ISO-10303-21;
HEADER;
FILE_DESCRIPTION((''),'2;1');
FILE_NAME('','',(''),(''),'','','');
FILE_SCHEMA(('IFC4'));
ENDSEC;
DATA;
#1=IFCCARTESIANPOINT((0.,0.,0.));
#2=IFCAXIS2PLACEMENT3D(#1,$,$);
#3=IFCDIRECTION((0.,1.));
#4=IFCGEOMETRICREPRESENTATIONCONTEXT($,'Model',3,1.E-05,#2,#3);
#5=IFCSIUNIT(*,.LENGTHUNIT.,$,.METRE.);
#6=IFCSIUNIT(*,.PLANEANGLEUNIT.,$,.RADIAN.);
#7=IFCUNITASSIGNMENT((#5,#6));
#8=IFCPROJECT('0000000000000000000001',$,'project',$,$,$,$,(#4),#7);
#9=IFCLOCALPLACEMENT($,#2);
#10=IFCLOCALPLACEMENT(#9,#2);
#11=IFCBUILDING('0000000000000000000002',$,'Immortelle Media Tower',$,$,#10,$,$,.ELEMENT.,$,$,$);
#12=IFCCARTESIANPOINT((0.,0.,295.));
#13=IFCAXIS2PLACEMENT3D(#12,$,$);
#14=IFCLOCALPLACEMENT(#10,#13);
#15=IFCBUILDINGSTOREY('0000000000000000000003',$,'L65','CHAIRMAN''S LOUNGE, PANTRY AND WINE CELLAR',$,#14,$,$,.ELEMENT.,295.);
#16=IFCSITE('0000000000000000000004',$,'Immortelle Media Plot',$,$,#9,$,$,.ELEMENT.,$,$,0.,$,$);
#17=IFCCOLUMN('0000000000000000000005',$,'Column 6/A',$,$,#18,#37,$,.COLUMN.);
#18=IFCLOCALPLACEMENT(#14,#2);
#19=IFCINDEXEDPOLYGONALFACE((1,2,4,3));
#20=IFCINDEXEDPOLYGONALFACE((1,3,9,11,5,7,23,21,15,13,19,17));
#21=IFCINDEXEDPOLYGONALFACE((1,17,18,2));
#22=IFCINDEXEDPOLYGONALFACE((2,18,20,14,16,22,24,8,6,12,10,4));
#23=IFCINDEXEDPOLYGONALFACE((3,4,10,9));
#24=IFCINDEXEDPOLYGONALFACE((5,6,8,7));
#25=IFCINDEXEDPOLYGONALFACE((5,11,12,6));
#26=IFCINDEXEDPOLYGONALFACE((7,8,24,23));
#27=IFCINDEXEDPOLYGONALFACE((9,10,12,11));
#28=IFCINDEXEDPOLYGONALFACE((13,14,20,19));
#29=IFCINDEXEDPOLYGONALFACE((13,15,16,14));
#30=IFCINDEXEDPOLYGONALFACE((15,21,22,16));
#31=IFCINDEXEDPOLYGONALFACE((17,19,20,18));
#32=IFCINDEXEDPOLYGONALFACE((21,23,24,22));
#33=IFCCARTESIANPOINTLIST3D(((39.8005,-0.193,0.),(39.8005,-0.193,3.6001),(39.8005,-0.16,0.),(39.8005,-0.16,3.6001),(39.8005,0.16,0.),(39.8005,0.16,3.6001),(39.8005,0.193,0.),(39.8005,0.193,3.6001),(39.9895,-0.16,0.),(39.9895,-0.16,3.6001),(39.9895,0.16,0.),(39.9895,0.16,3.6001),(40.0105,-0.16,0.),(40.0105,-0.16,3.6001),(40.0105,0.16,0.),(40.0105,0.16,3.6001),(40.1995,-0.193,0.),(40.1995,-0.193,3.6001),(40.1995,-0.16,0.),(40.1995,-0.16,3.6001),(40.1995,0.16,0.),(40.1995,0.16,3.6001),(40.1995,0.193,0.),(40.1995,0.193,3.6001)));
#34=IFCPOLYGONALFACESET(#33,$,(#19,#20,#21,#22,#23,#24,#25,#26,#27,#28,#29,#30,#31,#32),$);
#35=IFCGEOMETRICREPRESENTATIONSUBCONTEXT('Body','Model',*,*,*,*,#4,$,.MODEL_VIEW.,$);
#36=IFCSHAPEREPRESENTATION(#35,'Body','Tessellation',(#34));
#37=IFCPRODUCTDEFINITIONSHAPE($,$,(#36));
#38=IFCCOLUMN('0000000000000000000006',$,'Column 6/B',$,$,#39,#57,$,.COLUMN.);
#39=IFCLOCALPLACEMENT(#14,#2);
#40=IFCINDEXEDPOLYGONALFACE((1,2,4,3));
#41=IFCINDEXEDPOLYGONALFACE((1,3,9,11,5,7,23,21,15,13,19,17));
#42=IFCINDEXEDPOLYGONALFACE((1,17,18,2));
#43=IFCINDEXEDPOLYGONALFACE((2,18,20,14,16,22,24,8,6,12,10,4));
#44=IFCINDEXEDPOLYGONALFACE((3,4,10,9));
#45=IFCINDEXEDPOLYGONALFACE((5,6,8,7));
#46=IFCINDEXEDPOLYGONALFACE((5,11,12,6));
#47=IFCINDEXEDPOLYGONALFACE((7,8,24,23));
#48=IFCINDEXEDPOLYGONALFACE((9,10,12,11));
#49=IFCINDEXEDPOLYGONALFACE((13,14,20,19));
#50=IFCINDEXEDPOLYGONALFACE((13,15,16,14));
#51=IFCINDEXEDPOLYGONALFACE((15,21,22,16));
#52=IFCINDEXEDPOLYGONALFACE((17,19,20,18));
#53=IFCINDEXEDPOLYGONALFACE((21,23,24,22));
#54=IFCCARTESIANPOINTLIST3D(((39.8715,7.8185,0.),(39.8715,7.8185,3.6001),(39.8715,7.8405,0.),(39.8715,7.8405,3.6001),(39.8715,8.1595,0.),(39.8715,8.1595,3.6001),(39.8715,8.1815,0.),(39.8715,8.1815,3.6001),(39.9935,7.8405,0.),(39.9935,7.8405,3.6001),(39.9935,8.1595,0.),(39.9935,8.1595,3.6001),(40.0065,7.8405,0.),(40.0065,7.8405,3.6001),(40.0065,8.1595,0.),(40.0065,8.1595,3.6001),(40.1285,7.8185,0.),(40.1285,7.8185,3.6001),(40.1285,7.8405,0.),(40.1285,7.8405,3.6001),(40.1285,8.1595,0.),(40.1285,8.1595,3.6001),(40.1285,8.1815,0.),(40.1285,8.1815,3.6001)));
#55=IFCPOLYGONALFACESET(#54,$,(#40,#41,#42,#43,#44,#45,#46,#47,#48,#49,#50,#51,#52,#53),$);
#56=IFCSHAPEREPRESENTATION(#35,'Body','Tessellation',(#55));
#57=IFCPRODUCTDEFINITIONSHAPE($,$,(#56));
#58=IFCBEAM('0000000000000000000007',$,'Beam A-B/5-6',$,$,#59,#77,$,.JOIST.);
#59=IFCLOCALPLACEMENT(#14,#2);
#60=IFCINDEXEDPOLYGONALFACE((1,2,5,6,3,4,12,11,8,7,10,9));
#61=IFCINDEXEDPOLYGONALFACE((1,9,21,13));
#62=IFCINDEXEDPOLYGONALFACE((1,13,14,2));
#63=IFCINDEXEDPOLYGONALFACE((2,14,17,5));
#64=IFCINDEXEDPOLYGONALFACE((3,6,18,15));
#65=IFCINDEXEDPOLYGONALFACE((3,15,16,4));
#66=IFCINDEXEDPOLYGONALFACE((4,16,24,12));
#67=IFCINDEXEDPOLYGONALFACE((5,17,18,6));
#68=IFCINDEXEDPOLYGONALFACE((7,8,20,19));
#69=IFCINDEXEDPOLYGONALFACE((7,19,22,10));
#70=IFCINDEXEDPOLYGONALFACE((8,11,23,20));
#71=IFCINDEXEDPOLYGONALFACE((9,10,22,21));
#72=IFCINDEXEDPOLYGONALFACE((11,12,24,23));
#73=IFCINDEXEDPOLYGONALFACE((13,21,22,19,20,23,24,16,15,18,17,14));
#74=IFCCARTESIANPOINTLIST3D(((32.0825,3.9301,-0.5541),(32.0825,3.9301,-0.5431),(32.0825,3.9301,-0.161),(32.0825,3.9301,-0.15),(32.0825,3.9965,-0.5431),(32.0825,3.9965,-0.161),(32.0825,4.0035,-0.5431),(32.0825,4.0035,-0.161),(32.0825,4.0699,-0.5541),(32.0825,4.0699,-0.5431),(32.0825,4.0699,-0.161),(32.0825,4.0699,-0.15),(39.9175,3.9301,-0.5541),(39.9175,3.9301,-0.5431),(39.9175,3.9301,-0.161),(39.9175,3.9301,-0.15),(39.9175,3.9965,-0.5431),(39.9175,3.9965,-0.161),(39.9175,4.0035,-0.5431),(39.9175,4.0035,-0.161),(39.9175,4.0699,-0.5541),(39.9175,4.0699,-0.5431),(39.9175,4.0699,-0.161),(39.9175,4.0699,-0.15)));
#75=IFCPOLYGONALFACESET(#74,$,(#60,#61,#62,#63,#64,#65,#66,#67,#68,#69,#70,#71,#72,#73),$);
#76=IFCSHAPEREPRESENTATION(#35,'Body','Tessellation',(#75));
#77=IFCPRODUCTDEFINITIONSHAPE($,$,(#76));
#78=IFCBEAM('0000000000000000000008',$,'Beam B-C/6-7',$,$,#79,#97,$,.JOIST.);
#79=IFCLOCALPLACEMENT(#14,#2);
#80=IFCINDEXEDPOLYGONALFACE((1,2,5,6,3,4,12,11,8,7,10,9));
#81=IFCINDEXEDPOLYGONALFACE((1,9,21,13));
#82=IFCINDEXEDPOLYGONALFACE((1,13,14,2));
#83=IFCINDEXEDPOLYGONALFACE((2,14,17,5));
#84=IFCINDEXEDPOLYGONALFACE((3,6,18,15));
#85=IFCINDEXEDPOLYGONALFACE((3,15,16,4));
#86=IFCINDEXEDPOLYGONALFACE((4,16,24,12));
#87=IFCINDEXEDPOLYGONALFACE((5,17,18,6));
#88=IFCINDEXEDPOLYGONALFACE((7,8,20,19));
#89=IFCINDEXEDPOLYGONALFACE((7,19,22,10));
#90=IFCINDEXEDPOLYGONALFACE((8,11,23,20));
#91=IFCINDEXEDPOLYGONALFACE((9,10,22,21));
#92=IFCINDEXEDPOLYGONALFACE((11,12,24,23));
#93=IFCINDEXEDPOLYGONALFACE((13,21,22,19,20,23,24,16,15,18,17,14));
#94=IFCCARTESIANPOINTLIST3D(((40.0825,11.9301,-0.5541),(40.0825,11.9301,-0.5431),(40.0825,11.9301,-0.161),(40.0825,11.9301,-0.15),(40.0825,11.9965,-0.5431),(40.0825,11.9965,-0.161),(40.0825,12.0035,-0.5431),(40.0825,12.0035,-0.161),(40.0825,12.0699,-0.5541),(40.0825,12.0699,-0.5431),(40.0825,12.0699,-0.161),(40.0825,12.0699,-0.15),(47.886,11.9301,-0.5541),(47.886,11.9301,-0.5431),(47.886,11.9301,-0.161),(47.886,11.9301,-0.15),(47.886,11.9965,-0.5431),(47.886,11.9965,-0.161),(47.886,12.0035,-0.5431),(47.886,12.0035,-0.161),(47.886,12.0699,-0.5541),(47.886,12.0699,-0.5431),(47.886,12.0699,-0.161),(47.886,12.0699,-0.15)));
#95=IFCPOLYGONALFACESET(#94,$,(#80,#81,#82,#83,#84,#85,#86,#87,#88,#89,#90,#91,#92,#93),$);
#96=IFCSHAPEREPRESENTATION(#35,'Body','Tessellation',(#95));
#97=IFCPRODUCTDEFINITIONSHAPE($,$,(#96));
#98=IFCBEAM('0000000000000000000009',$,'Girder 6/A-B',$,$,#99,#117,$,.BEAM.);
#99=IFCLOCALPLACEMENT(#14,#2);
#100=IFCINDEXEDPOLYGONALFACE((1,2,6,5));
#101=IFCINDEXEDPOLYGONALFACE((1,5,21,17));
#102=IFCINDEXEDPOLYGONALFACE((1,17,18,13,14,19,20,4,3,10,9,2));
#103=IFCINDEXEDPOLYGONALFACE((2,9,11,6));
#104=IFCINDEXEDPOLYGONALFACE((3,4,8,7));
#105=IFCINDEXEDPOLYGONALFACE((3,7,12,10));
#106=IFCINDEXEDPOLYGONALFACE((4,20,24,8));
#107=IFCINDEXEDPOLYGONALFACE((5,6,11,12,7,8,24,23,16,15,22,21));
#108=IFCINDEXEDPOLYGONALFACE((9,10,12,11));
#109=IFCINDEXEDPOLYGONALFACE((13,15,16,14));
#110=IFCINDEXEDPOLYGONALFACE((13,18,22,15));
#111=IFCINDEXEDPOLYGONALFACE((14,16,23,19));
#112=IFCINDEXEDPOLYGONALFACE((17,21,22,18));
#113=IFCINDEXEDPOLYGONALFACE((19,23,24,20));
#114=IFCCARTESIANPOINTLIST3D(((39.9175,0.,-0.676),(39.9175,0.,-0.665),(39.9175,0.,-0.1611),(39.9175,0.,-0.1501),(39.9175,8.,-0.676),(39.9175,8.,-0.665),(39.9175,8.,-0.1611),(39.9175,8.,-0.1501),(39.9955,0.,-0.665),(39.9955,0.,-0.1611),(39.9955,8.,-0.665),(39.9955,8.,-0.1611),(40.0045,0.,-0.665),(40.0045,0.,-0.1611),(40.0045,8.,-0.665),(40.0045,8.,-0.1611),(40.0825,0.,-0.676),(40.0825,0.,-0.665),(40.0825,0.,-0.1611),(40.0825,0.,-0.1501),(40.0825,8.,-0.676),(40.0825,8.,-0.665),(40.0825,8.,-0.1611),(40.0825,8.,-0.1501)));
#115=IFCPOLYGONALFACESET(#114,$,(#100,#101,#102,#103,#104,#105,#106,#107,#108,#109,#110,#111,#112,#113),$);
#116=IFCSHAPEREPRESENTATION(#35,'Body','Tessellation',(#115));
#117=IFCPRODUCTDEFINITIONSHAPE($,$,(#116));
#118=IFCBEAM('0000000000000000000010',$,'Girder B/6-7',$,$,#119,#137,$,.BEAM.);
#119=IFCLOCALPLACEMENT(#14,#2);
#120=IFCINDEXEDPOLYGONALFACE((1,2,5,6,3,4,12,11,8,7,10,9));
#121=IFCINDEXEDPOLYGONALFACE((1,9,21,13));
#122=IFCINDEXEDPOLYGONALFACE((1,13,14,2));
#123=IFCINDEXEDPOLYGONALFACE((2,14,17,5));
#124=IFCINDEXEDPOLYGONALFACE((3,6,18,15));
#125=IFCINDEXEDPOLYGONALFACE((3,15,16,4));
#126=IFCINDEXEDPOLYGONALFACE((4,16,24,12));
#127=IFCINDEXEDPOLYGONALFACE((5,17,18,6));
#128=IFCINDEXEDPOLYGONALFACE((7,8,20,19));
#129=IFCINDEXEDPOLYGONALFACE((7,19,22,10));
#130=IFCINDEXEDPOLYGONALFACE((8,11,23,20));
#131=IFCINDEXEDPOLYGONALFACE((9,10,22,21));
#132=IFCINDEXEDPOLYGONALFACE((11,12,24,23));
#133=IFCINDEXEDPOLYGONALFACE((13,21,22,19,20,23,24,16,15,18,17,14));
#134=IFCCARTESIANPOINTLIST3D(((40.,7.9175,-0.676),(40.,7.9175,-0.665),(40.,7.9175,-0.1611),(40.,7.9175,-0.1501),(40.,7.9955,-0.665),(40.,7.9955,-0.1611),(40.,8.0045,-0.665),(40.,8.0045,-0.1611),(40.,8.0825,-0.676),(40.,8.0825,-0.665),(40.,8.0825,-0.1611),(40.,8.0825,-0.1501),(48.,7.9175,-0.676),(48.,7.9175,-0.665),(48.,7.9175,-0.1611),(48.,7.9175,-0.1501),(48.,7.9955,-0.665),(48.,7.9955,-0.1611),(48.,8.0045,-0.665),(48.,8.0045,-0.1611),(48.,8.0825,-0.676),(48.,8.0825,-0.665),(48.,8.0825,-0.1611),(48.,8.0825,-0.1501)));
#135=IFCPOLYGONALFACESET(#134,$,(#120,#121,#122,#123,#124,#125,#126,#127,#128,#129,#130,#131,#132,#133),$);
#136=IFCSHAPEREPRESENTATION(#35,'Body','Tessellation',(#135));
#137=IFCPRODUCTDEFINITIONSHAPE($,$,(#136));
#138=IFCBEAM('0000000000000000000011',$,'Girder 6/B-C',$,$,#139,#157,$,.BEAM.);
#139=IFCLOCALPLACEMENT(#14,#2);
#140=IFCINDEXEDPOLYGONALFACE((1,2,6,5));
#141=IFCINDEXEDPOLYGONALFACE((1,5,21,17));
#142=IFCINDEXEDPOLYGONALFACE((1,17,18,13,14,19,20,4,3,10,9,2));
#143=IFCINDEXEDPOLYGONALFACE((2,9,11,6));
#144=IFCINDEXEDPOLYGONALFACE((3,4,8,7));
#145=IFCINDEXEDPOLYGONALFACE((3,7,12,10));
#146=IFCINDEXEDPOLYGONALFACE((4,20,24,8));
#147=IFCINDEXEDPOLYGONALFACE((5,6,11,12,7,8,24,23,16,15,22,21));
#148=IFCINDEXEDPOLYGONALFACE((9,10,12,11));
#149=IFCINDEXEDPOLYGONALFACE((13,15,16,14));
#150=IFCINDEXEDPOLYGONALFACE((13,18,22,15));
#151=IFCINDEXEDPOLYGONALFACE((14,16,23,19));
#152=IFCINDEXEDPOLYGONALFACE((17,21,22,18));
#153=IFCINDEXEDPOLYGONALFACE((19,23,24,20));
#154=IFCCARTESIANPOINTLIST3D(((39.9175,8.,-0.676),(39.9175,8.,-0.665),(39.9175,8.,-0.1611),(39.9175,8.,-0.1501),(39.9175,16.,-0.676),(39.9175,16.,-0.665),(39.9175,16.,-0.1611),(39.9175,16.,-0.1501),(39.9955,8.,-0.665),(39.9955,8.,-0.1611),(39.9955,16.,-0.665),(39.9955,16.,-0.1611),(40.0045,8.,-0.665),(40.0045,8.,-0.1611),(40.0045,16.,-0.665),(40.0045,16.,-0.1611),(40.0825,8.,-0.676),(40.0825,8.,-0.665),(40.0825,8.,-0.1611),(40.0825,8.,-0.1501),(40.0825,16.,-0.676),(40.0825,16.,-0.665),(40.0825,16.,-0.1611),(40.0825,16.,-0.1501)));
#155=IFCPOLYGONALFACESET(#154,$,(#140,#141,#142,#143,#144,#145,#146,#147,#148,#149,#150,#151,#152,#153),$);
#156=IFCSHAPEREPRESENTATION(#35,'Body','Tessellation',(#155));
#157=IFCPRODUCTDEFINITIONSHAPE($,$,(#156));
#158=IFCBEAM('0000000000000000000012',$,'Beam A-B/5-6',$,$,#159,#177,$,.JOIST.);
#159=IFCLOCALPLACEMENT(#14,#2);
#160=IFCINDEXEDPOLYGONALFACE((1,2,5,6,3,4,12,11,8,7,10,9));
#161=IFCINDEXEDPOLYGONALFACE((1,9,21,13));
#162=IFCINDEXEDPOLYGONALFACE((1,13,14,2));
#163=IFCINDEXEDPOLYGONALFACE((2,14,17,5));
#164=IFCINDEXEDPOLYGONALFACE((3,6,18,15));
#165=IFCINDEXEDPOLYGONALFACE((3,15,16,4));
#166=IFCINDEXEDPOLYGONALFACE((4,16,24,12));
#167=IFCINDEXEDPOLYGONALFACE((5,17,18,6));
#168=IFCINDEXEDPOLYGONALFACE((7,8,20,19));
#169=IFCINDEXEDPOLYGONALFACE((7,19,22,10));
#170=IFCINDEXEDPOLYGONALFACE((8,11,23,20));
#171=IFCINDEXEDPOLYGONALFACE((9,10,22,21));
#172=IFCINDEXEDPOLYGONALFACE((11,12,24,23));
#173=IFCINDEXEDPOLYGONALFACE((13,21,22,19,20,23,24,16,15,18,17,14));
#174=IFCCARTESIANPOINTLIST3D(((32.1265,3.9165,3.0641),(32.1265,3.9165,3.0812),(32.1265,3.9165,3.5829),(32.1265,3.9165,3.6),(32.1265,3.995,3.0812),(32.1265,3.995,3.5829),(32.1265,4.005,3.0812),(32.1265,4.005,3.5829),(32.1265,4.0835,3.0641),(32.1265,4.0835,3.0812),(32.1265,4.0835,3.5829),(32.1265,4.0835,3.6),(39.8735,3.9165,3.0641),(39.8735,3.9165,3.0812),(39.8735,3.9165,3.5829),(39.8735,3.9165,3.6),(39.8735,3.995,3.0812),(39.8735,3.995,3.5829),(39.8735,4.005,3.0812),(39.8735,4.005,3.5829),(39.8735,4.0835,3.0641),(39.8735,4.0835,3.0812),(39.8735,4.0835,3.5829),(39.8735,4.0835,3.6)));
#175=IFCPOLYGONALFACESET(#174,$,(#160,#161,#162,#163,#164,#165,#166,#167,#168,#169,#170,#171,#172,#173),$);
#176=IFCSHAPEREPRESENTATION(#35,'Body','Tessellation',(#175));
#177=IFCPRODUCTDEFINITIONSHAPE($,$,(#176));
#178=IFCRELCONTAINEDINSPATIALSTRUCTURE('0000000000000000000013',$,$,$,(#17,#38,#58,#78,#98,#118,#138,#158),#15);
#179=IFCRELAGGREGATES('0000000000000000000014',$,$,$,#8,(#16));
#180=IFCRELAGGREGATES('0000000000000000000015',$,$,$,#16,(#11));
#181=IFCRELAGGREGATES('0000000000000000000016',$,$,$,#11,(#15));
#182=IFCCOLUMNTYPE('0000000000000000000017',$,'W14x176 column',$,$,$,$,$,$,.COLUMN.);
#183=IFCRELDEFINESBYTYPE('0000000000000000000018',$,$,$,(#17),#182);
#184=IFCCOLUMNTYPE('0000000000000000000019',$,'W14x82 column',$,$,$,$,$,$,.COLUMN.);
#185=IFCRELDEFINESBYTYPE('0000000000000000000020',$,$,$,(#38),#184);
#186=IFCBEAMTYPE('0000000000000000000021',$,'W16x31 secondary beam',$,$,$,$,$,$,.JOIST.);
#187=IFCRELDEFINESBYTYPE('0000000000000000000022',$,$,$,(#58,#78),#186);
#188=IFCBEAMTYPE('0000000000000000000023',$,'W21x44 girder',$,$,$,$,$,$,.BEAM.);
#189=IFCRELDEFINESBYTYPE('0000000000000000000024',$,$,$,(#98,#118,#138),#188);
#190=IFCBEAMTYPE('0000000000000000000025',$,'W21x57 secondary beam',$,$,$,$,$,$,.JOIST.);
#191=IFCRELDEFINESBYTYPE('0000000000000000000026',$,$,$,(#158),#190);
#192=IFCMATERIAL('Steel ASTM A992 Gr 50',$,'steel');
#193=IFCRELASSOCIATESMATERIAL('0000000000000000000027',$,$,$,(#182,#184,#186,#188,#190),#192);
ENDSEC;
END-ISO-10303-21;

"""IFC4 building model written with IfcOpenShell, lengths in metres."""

from ifc_helpers import new_model, si_unit, direction, frame, origin, origin_2d, place, context, subcontext, project, spatial, i_section, extrude, material, material_profile, profile_set, type_object, element, save


model = new_model("IFC4")

# Units and contexts
model_context = context("Model", 3, precision=1e-05, world=origin(), true_north=direction((0.0, 1.0)))
body_context = subcontext(model_context, "Body", "Model", "MODEL_VIEW")
ifc_project = project(units=[si_unit("LENGTHUNIT", "METRE"), si_unit("PLANEANGLEUNIT", "RADIAN")], contexts=[model_context])

# Site, building, storey
site_placement = place(None, origin())
site = spatial("IfcSite", under=ifc_project, at=site_placement, Name="Immortelle Media Plot", CompositionType="ELEMENT", RefElevation=0.0)
building_placement = place(site_placement, origin())
building = spatial("IfcBuilding", under=site, at=building_placement, Name="Immortelle Media Tower", CompositionType="ELEMENT")
storey_placement = place(building_placement, frame((0.0, 0.0, 295.0)))
storey = spatial("IfcBuildingStorey", under=building, at=storey_placement, Name="L65", Description="CHAIRMAN'S LOUNGE, PANTRY AND WINE CELLAR", CompositionType="ELEMENT", Elevation=295.0)

# Columns
ifc_material_1 = material(Name="Steel ASTM A992 Gr 50", Category="steel")
ifc_material_profile_1 = material_profile(ifc_material_1, i_section(OverallWidth=0.3989, OverallDepth=0.386, WebThickness=0.021, FlangeThickness=0.033, at=origin_2d()), Name="W14x176")
ifc_profile_set_1 = profile_set([ifc_material_profile_1], Name="Steel ASTM A992 Gr 50")
column_type_1 = type_object("IfcColumnType", Name="W14x176 column", PredefinedType="COLUMN", material=ifc_profile_set_1)
column_1_placement = place(storey_placement, frame((40.0, 0.0, 0.0), z_axis=(0.0, 0.0, 1.0), x_axis=(1.0, 0.0, 0.0)))
element("IfcColumn", 1, at=column_1_placement, inside=storey, type_object=column_type_1, Name="Column 6/A", PredefinedType="COLUMN", context=body_context, shape_type="SweptSolid", body=[
    extrude(i_section(OverallWidth=0.3989, OverallDepth=0.386, WebThickness=0.021, FlangeThickness=0.033, at=origin_2d()), origin(), (0.0, 0.0, 1.0), 3.6001),
])
ifc_material_profile_2 = material_profile(ifc_material_1, i_section(OverallWidth=0.2571, OverallDepth=0.363, WebThickness=0.0129, FlangeThickness=0.022, at=origin_2d()), Name="W14x82")
ifc_profile_set_2 = profile_set([ifc_material_profile_2], Name="Steel ASTM A992 Gr 50")
column_type_2 = type_object("IfcColumnType", Name="W14x82 column", PredefinedType="COLUMN", material=ifc_profile_set_2)
column_2_placement = place(storey_placement, frame((40.0, 8.0, 0.0), z_axis=(0.0, 0.0, 1.0), x_axis=(1.0, 0.0, 0.0)))
element("IfcColumn", 2, at=column_2_placement, inside=storey, type_object=column_type_2, Name="Column 6/B", PredefinedType="COLUMN", context=body_context, shape_type="SweptSolid", body=[
    extrude(i_section(OverallWidth=0.2571, OverallDepth=0.363, WebThickness=0.0129, FlangeThickness=0.022, at=origin_2d()), origin(), (0.0, 0.0, 1.0), 3.6001),
])

# Beams
ifc_material_profile_3 = material_profile(ifc_material_1, i_section(OverallWidth=0.1399, OverallDepth=0.4041, WebThickness=0.0071, FlangeThickness=0.011, at=origin_2d()), Name="W16x31")
ifc_profile_set_3 = profile_set([ifc_material_profile_3], Name="Steel ASTM A992 Gr 50")
beam_type_1 = type_object("IfcBeamType", Name="W16x31 secondary beam", PredefinedType="JOIST", material=ifc_profile_set_3)
beam_1_placement = place(storey_placement, frame((32.0825, 4.0, -0.3521), z_axis=(1.0, 0.0, 0.0), x_axis=(0.0, 1.0, 0.0)))
element("IfcBeam", 3, at=beam_1_placement, inside=storey, type_object=beam_type_1, Name="Beam A-B/5-6", PredefinedType="JOIST", context=body_context, shape_type="SweptSolid", body=[
    extrude(i_section(OverallWidth=0.1399, OverallDepth=0.4041, WebThickness=0.0071, FlangeThickness=0.011, at=origin_2d()), origin(), (0.0, 0.0, 1.0), 7.835),
])
beam_2_placement = place(storey_placement, frame((40.0825, 12.0, -0.3521), z_axis=(1.0, 0.0, 0.0), x_axis=(0.0, 1.0, 0.0)))
element("IfcBeam", 4, at=beam_2_placement, inside=storey, type_object=beam_type_1, Name="Beam B-C/6-7", PredefinedType="JOIST", context=body_context, shape_type="SweptSolid", body=[
    extrude(i_section(OverallWidth=0.1399, OverallDepth=0.4041, WebThickness=0.0071, FlangeThickness=0.011, at=origin_2d()), origin(), (0.0, 0.0, 1.0), 7.8035),
])
ifc_material_profile_4 = material_profile(ifc_material_1, i_section(OverallWidth=0.165, OverallDepth=0.5259, WebThickness=0.009, FlangeThickness=0.011, at=origin_2d()), Name="W21x44")
ifc_profile_set_4 = profile_set([ifc_material_profile_4], Name="Steel ASTM A992 Gr 50")
beam_type_2 = type_object("IfcBeamType", Name="W21x44 girder", PredefinedType="BEAM", material=ifc_profile_set_4)
for number, where, z_axis, x_axis, name in (
    (5, (40.0, 0.0, -0.4131), (0.0, 1.0, 0.0), (-1.0, 0.0, 0.0), "Girder 6/A-B"),
    (6, (40.0, 8.0, -0.4131), (1.0, 0.0, 0.0), (0.0, 1.0, 0.0), "Girder B/6-7"),
    (7, (40.0, 8.0, -0.4131), (0.0, 1.0, 0.0), (-1.0, 0.0, 0.0), "Girder 6/B-C"),
):
    element("IfcBeam", number, at=place(storey_placement, frame(where, z_axis=z_axis, x_axis=x_axis)), inside=storey, type_object=beam_type_2, Name=name, PredefinedType="BEAM", context=body_context, shape_type="SweptSolid", body=[
        extrude(i_section(OverallWidth=0.165, OverallDepth=0.5259, WebThickness=0.009, FlangeThickness=0.011, at=origin_2d()), origin(), (0.0, 0.0, 1.0), 8.0),
    ])
ifc_material_profile_5 = material_profile(ifc_material_1, i_section(OverallWidth=0.167, OverallDepth=0.5359, WebThickness=0.01, FlangeThickness=0.0171, at=origin_2d()), Name="W21x57")
ifc_profile_set_5 = profile_set([ifc_material_profile_5], Name="Steel ASTM A992 Gr 50")
beam_type_3 = type_object("IfcBeamType", Name="W21x57 secondary beam", PredefinedType="JOIST", material=ifc_profile_set_5)
for number, where, z_axis, x_axis, name in (
    (8, (32.1265, 4.0, 3.332), (1.0, 0.0, 0.0), (0.0, 1.0, 0.0), "Beam A-B/5-6"),
):
    element("IfcBeam", number, at=place(storey_placement, frame(where, z_axis=z_axis, x_axis=x_axis)), inside=storey, type_object=beam_type_3, Name=name, PredefinedType="JOIST", context=body_context, shape_type="SweptSolid", body=[
        extrude(i_section(OverallWidth=0.167, OverallDepth=0.5359, WebThickness=0.01, FlangeThickness=0.0171, at=origin_2d()), origin(), (0.0, 0.0, 1.0), 7.7471),
    ])

save(model, "model.ifc")
